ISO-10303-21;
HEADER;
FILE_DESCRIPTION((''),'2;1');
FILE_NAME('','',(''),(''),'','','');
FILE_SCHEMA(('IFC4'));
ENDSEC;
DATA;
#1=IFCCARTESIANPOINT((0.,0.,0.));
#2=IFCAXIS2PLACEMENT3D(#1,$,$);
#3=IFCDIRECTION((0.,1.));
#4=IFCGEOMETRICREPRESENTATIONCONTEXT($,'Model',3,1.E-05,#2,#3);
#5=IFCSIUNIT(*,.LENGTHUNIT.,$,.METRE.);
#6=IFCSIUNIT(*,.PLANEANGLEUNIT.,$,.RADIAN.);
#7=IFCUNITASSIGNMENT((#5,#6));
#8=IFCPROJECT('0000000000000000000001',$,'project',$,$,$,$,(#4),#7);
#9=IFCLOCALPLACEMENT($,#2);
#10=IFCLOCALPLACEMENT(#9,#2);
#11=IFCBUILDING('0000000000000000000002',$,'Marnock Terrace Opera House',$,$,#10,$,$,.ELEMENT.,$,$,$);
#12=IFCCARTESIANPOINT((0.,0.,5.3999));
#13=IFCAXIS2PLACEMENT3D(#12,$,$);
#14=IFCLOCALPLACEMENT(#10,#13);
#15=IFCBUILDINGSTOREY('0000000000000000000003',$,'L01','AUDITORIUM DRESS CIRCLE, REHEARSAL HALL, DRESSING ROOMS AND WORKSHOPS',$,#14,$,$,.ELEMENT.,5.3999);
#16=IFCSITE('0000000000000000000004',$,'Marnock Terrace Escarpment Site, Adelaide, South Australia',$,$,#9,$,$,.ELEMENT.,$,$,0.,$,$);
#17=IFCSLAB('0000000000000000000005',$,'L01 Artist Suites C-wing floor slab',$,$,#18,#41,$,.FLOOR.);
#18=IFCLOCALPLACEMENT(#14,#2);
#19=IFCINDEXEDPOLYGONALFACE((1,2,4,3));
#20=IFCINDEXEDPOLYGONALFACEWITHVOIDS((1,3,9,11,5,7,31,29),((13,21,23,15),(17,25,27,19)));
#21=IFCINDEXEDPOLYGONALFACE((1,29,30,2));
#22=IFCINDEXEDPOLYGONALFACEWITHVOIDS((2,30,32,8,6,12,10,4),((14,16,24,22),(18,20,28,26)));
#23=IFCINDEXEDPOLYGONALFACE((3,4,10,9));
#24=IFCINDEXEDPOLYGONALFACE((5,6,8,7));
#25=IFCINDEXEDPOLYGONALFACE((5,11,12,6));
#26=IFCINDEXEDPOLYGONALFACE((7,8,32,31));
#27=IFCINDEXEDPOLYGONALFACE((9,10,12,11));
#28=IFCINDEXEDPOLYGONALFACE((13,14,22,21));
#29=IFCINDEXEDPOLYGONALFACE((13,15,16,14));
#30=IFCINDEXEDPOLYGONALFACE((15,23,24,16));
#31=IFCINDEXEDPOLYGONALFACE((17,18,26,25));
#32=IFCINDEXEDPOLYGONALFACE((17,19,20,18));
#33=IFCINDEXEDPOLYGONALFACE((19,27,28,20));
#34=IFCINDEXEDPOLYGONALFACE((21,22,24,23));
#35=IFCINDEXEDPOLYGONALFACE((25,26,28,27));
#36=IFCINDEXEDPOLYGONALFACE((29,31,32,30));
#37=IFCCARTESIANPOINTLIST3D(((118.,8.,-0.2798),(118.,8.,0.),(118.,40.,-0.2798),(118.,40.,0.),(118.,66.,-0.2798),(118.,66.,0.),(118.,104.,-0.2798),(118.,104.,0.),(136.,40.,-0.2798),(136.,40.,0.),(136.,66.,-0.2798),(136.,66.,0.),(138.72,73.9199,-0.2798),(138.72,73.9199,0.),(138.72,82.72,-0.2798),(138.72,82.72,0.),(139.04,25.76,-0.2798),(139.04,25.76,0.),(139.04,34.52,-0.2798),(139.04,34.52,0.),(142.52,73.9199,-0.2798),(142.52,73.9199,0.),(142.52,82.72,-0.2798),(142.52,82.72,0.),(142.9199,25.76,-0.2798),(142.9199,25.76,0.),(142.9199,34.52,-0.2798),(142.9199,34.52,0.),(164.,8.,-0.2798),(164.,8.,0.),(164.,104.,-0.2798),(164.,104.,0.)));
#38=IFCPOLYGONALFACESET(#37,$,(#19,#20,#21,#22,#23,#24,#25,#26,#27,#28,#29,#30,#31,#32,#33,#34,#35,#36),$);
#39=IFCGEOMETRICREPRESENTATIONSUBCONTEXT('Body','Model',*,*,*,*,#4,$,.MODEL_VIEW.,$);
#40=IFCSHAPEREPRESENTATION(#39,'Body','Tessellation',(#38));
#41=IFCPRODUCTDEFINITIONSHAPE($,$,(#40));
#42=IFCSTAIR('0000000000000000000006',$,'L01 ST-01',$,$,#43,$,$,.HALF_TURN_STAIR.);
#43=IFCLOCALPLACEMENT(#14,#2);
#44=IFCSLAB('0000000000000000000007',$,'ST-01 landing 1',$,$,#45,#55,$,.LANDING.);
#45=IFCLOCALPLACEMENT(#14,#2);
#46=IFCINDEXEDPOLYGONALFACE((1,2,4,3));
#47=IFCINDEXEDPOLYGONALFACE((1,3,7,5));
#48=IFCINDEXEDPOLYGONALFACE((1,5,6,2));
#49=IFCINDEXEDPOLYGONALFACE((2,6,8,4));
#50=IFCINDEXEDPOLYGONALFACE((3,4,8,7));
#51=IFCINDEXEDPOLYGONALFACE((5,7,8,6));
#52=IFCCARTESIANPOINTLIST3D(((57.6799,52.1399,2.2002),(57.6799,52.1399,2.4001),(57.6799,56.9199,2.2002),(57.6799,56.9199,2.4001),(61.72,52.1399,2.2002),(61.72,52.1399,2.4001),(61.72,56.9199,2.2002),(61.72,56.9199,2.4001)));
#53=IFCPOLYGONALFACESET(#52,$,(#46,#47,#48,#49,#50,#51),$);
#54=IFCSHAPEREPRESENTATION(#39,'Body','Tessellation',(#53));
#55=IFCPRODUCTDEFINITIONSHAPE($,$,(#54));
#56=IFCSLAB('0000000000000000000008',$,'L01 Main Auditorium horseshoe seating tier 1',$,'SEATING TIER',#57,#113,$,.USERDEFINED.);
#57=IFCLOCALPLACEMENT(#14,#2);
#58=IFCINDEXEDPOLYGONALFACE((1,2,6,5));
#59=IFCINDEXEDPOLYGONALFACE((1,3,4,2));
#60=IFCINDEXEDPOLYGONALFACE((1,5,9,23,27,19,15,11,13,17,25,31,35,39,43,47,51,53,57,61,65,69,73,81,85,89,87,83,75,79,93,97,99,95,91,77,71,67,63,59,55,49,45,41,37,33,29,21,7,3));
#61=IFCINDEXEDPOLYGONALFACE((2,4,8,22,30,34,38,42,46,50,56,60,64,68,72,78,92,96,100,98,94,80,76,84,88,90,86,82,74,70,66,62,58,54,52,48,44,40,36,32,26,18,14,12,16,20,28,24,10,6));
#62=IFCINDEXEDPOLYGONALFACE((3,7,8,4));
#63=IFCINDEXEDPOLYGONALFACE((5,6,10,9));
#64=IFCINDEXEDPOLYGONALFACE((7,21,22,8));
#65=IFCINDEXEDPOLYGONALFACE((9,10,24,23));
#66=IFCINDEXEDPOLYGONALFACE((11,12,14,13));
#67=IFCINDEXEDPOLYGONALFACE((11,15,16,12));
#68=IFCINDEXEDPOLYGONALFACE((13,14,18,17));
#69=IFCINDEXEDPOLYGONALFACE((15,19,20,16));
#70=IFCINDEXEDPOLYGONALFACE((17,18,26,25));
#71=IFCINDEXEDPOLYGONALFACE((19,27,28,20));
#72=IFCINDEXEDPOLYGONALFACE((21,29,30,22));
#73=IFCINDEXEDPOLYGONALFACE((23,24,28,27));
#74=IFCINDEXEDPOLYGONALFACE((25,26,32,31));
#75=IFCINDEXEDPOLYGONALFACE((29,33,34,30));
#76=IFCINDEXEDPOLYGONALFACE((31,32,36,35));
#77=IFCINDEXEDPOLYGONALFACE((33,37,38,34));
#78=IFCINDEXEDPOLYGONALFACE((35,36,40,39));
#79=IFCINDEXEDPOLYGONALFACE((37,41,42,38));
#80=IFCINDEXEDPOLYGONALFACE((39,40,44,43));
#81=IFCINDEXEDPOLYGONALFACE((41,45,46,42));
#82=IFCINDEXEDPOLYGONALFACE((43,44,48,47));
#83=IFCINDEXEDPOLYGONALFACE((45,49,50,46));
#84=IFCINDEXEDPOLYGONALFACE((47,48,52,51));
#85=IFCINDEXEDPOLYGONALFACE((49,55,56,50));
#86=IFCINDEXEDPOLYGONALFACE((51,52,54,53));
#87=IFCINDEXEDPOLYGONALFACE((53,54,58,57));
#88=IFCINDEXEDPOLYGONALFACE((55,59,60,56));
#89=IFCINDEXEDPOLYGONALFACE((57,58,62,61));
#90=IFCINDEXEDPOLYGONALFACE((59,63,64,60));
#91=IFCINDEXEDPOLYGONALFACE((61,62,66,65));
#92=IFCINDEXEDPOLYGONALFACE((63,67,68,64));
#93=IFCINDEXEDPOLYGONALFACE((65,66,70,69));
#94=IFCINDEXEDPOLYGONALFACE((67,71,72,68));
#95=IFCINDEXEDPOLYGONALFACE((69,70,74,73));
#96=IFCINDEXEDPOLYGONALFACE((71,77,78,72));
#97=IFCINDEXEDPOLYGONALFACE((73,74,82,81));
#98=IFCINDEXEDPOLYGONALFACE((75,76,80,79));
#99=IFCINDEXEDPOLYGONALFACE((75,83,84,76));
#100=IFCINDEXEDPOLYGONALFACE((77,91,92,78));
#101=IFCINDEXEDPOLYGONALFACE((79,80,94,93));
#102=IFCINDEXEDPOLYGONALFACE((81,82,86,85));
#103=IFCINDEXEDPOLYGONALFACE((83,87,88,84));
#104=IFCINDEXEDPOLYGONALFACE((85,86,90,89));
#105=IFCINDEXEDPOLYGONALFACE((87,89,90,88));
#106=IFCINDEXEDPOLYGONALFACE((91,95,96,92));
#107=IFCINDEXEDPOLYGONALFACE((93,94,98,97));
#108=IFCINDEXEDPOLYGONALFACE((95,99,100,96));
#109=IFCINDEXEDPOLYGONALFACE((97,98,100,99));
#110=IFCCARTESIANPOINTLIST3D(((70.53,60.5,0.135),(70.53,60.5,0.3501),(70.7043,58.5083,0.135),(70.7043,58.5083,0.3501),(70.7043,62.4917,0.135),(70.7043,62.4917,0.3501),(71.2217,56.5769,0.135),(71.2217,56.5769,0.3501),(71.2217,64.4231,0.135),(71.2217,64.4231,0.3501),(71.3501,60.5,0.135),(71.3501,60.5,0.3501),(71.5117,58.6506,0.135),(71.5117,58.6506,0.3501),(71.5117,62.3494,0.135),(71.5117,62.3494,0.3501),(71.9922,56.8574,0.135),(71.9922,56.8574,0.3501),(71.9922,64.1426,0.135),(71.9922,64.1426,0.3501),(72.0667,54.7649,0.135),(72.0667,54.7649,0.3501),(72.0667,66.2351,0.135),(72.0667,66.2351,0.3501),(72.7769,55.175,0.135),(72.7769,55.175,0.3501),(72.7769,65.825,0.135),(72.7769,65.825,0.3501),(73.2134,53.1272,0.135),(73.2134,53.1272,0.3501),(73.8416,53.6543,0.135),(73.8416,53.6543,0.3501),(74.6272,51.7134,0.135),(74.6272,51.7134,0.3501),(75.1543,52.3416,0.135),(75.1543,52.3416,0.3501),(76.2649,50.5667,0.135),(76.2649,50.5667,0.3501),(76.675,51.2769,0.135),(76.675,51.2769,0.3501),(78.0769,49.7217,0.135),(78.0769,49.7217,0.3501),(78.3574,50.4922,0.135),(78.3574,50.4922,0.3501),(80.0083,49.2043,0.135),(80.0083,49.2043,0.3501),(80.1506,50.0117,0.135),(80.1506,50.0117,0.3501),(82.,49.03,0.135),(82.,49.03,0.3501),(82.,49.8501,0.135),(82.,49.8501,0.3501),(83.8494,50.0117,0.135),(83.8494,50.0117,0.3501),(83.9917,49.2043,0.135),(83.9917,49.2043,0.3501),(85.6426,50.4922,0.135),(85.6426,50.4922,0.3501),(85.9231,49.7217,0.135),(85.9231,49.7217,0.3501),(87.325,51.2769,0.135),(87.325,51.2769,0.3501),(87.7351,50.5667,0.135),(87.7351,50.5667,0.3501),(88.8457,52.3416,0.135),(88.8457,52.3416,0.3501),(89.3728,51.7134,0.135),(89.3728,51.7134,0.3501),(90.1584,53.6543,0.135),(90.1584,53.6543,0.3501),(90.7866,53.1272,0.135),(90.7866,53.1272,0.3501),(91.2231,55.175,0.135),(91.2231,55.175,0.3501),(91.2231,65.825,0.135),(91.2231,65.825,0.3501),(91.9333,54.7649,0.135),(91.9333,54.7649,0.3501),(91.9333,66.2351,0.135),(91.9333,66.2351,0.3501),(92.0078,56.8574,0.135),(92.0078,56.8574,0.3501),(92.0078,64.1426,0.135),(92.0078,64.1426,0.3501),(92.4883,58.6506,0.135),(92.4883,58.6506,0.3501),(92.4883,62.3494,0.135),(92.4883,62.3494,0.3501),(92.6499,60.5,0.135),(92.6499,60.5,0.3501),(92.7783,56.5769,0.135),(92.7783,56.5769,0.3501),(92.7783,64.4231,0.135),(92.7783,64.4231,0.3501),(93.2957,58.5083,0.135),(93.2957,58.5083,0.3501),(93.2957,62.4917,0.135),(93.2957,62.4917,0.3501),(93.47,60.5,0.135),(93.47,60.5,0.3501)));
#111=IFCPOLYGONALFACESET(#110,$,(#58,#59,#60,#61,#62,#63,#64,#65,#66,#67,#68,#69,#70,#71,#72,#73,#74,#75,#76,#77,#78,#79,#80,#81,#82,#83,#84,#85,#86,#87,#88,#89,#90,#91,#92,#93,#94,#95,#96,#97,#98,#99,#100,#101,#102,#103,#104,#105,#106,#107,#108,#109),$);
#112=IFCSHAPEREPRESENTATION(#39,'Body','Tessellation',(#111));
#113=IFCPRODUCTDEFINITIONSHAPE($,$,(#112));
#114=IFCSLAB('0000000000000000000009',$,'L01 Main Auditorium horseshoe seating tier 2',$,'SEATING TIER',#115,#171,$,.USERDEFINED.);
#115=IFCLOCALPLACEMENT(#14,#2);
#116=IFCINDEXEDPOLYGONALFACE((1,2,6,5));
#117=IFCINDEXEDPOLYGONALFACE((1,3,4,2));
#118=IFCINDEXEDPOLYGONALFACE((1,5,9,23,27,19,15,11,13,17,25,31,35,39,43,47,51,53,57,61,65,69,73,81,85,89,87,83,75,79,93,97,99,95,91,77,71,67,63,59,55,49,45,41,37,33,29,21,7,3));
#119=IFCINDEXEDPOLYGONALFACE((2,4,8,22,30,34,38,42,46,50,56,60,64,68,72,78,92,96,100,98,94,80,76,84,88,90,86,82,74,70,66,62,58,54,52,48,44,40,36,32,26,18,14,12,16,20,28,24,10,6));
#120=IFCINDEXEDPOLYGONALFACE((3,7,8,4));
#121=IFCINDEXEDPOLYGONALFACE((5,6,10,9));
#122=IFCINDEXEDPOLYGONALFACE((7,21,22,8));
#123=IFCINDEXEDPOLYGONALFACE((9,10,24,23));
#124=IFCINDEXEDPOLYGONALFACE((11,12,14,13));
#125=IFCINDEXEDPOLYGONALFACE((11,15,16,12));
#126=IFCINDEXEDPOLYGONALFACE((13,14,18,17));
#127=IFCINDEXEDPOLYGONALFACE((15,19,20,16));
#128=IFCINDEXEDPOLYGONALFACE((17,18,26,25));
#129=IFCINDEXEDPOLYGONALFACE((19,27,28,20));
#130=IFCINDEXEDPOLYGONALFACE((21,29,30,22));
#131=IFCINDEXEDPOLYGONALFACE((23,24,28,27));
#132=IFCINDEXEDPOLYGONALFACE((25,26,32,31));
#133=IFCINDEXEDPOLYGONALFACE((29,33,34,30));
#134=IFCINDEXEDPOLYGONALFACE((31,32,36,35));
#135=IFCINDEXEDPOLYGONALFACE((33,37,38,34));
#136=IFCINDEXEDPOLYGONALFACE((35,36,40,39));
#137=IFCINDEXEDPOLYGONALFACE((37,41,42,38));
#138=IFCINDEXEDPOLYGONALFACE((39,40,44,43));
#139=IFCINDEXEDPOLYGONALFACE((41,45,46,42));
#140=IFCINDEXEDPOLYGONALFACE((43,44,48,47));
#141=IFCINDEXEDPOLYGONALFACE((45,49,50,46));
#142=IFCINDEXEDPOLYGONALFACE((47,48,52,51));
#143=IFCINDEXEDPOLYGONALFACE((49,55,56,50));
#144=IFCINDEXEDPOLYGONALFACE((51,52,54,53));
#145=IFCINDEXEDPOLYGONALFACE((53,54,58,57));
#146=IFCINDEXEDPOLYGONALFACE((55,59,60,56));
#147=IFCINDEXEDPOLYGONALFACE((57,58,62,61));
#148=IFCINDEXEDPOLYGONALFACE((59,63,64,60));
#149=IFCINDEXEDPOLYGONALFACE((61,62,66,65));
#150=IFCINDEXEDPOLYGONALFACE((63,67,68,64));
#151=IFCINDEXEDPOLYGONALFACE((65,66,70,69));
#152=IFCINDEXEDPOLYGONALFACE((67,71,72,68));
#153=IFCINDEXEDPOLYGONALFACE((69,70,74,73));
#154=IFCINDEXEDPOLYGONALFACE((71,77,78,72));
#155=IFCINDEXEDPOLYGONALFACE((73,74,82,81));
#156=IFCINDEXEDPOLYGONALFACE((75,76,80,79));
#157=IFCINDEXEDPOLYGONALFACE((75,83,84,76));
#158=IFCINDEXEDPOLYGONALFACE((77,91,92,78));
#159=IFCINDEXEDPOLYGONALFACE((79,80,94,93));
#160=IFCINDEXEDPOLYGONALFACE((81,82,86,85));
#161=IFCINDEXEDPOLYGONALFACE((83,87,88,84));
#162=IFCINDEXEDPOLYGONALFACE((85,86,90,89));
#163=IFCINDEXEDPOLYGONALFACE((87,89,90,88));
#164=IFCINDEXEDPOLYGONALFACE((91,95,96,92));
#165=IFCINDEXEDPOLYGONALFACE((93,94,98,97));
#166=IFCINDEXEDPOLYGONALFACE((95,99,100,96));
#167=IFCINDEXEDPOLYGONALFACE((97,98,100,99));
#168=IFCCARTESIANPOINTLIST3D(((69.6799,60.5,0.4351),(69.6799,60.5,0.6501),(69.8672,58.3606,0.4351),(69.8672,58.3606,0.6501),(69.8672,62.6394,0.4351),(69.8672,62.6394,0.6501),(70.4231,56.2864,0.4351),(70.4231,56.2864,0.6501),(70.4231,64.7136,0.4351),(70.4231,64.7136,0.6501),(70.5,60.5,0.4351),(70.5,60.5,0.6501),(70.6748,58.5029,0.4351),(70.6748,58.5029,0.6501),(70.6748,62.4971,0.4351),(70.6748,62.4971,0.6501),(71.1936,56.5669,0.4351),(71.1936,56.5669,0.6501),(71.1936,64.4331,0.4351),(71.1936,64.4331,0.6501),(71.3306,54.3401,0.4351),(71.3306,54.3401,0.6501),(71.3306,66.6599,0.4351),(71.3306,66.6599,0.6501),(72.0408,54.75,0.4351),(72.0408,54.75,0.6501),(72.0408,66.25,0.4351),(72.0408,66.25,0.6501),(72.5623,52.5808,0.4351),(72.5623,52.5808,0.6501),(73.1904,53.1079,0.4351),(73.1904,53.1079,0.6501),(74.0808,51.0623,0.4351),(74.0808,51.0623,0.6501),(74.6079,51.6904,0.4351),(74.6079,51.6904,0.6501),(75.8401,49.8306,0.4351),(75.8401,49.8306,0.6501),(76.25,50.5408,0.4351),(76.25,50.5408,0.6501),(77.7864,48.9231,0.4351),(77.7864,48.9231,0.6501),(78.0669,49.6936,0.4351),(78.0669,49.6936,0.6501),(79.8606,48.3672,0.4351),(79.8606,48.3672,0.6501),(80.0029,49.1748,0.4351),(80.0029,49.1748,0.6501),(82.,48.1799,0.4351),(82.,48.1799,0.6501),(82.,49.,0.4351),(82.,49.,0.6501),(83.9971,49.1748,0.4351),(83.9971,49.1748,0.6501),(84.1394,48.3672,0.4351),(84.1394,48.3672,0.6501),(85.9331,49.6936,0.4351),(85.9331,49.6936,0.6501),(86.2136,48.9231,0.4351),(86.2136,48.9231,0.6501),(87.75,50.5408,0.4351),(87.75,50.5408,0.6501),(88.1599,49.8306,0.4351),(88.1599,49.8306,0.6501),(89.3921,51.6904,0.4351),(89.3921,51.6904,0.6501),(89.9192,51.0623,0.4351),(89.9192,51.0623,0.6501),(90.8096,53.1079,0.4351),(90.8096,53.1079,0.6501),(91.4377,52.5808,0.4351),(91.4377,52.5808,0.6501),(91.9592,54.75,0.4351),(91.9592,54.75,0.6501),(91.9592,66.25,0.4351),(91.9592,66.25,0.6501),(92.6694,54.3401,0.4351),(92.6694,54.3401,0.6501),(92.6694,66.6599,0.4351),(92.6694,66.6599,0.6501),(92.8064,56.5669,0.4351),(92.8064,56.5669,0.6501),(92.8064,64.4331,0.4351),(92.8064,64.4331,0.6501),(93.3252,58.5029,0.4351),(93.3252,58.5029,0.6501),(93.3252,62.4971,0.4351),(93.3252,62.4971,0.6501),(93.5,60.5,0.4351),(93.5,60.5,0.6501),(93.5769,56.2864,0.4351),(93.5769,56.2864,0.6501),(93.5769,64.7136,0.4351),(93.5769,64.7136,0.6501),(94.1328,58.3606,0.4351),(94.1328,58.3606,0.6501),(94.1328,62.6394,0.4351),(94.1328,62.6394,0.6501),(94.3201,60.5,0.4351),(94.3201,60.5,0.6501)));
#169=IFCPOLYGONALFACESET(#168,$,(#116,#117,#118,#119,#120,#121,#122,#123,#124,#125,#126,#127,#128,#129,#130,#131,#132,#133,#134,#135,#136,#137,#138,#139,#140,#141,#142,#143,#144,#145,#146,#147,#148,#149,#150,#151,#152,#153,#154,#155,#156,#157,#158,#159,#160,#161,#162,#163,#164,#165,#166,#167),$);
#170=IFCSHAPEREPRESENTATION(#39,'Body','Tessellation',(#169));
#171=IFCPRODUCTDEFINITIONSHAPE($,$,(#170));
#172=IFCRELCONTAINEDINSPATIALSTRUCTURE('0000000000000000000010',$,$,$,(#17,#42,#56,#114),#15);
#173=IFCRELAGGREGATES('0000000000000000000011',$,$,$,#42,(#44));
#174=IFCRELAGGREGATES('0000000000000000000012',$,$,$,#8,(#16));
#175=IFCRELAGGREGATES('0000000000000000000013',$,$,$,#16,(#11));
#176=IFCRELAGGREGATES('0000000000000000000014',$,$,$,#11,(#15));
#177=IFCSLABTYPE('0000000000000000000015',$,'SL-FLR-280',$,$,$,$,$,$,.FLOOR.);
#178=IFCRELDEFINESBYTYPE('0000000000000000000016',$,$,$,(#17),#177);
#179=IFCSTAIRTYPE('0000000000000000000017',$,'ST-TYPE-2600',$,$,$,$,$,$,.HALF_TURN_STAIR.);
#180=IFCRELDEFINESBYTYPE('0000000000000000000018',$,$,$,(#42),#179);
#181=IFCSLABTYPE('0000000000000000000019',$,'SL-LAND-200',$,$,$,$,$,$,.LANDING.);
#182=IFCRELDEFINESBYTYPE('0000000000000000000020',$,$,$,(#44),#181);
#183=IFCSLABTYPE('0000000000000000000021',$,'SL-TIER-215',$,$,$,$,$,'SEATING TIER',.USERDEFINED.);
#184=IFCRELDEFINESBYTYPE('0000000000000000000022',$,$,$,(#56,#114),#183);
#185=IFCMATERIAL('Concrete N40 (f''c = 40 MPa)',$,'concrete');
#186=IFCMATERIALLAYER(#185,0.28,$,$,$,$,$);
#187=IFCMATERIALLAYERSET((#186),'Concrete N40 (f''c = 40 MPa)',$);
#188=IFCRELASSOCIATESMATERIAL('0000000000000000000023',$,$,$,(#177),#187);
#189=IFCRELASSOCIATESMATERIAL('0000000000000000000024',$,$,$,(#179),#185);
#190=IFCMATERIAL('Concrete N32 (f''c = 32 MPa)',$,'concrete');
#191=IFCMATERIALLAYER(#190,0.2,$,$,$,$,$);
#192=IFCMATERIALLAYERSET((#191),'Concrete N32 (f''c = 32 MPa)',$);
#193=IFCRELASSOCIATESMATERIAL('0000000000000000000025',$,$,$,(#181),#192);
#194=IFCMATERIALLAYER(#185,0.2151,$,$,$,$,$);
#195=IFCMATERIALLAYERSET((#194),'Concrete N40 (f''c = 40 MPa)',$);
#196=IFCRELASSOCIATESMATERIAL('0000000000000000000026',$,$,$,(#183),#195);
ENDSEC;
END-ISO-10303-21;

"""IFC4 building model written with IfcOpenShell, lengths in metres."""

from ifc_helpers import new_model, si_unit, direction, frame, origin, place, context, subcontext, project, spatial, polyline, outline, extrude, material, layer, layer_set, type_object, element, aggregate, save


model = new_model("IFC4")

# Units and contexts
model_context = context("Model", 3, precision=1e-05, world=origin(), true_north=direction((0.0, 1.0)))
body_context = subcontext(model_context, "Body", "Model", "MODEL_VIEW")
ifc_project = project(units=[si_unit("LENGTHUNIT", "METRE"), si_unit("PLANEANGLEUNIT", "RADIAN")], contexts=[model_context])

# Site, building, storey
site_placement = place(None, origin())
site = spatial("IfcSite", under=ifc_project, at=site_placement, Name="Marnock Terrace Escarpment Site, Adelaide, South Australia", CompositionType="ELEMENT", RefElevation=0.0)
building_placement = place(site_placement, origin())
building = spatial("IfcBuilding", under=site, at=building_placement, Name="Marnock Terrace Opera House", CompositionType="ELEMENT")
storey_placement = place(building_placement, frame((0.0, 0.0, 5.3999)))
storey = spatial("IfcBuildingStorey", under=building, at=storey_placement, Name="L01", Description="AUDITORIUM DRESS CIRCLE, REHEARSAL HALL, DRESSING ROOMS AND WORKSHOPS", CompositionType="ELEMENT", Elevation=5.3999)

# Slab
ifc_material_1 = material(Name="Concrete N40 (f'c = 40 MPa)", Category="concrete")
ifc_layer_1 = layer(ifc_material_1, 0.28)
ifc_layer_set_1 = layer_set([ifc_layer_1], Name="Concrete N40 (f'c = 40 MPa)")
slab_type_1 = type_object("IfcSlabType", Name="SL-FLR-280", PredefinedType="FLOOR", material=ifc_layer_set_1)
slab_1_placement = place(storey_placement, frame((0.0, 0.0, -0.2798)))
element("IfcSlab", 1, at=slab_1_placement, inside=storey, type_object=slab_type_1, Name="L01 Artist Suites C-wing floor slab", PredefinedType="FLOOR", context=body_context, shape_type="SweptSolid", body=[
    extrude(outline(polyline([(118.0, 8.0), (164.0, 8.0), (164.0, 104.0), (118.0, 104.0), (118.0, 66.0), (136.0, 66.0), (136.0, 40.0), (118.0, 40.0), (118.0, 8.0)]), holes=[polyline([(142.9199, 25.76), (142.9199, 34.52), (139.04, 34.52), (139.04, 25.76), (142.9199, 25.76)]), polyline([(142.52, 73.9199), (142.52, 82.72), (138.72, 82.72), (138.72, 73.9199), (142.52, 73.9199)])]), origin(), (0.0, 0.0, 1.0), 0.2798),
])

# Stair, slab
stair_type = type_object("IfcStairType", Name="ST-TYPE-2600", PredefinedType="HALF_TURN_STAIR", material=ifc_material_1)
stair_placement = place(storey_placement, origin())
stair = element("IfcStair", 2, at=stair_placement, inside=storey, type_object=stair_type, Name="L01 ST-01", PredefinedType="HALF_TURN_STAIR")
ifc_material_2 = material(Name="Concrete N32 (f'c = 32 MPa)", Category="concrete")
ifc_layer_2 = layer(ifc_material_2, 0.2)
ifc_layer_set_2 = layer_set([ifc_layer_2], Name="Concrete N32 (f'c = 32 MPa)")
slab_type_2 = type_object("IfcSlabType", Name="SL-LAND-200", PredefinedType="LANDING", material=ifc_layer_set_2)
slab_2_placement = place(storey_placement, frame((0.0, 0.0, 2.2002)))
slab_2 = element("IfcSlab", 3, at=slab_2_placement, type_object=slab_type_2, Name="ST-01 landing 1", PredefinedType="LANDING", context=body_context, shape_type="SweptSolid", body=[
    extrude(outline(polyline([(61.72, 52.1399), (61.72, 56.9199), (57.6799, 56.9199), (57.6799, 52.1399), (61.72, 52.1399)])), origin(), (0.0, 0.0, 1.0), 0.2),
])
aggregate(stair, [slab_2])

# Slabs
ifc_layer_3 = layer(ifc_material_1, 0.2151)
ifc_layer_set_3 = layer_set([ifc_layer_3], Name="Concrete N40 (f'c = 40 MPa)")
slab_type_3 = type_object("IfcSlabType", Name="SL-TIER-215", ElementType="SEATING TIER", PredefinedType="USERDEFINED", material=ifc_layer_set_3)
slab_3_placement = place(storey_placement, frame((0.0, 0.0, 0.135)))
element("IfcSlab", 4, at=slab_3_placement, inside=storey, type_object=slab_type_3, Name="L01 Main Auditorium horseshoe seating tier 1", ObjectType="SEATING TIER", PredefinedType="USERDEFINED", context=body_context, shape_type="SweptSolid", body=[
    extrude(outline(polyline([(72.0667, 66.2351), (71.2217, 64.4231), (70.7043, 62.4917), (70.53, 60.5), (70.7043, 58.5083), (71.2217, 56.5769), (72.0667, 54.7649), (73.2134, 53.1272), (74.6272, 51.7134), (76.2649, 50.5667), (78.0769, 49.7217), (80.0083, 49.2043), (82.0, 49.03), (83.9917, 49.2043), (85.9231, 49.7217), (87.7351, 50.5667), (89.3728, 51.7134), (90.7866, 53.1272), (91.9333, 54.7649), (92.7783, 56.5769), (93.2957, 58.5083), (93.47, 60.5), (93.2957, 62.4917), (92.7783, 64.4231), (91.9333, 66.2351), (91.2231, 65.825), (92.0078, 64.1426), (92.4883, 62.3494), (92.6499, 60.5), (92.4883, 58.6506), (92.0078, 56.8574), (91.2231, 55.175), (90.1584, 53.6543), (88.8457, 52.3416), (87.325, 51.2769), (85.6426, 50.4922), (83.8494, 50.0117), (82.0, 49.8501), (80.1506, 50.0117), (78.3574, 50.4922), (76.675, 51.2769), (75.1543, 52.3416), (73.8416, 53.6543), (72.7769, 55.175), (71.9922, 56.8574), (71.5117, 58.6506), (71.3501, 60.5), (71.5117, 62.3494), (71.9922, 64.1426), (72.7769, 65.825), (72.0667, 66.2351)])), origin(), (0.0, 0.0, 1.0), 0.2151),
])
slab_4_placement = place(storey_placement, frame((0.0, 0.0, 0.4351)))
element("IfcSlab", 5, at=slab_4_placement, inside=storey, type_object=slab_type_3, Name="L01 Main Auditorium horseshoe seating tier 2", ObjectType="SEATING TIER", PredefinedType="USERDEFINED", context=body_context, shape_type="SweptSolid", body=[
    extrude(outline(polyline([(71.3306, 66.6599), (70.4231, 64.7136), (69.8672, 62.6394), (69.6799, 60.5), (69.8672, 58.3606), (70.4231, 56.2864), (71.3306, 54.3401), (72.5623, 52.5808), (74.0808, 51.0623), (75.8401, 49.8306), (77.7864, 48.9231), (79.8606, 48.3672), (82.0, 48.1799), (84.1394, 48.3672), (86.2136, 48.9231), (88.1599, 49.8306), (89.9192, 51.0623), (91.4377, 52.5808), (92.6694, 54.3401), (93.5769, 56.2864), (94.1328, 58.3606), (94.3201, 60.5), (94.1328, 62.6394), (93.5769, 64.7136), (92.6694, 66.6599), (91.9592, 66.25), (92.8064, 64.4331), (93.3252, 62.4971), (93.5, 60.5), (93.3252, 58.5029), (92.8064, 56.5669), (91.9592, 54.75), (90.8096, 53.1079), (89.3921, 51.6904), (87.75, 50.5408), (85.9331, 49.6936), (83.9971, 49.1748), (82.0, 49.0), (80.0029, 49.1748), (78.0669, 49.6936), (76.25, 50.5408), (74.6079, 51.6904), (73.1904, 53.1079), (72.0408, 54.75), (71.1936, 56.5669), (70.6748, 58.5029), (70.5, 60.5), (70.6748, 62.4971), (71.1936, 64.4331), (72.0408, 66.25), (71.3306, 66.6599)])), origin(), (0.0, 0.0, 1.0), 0.2151),
])

save(model, "model.ifc")
